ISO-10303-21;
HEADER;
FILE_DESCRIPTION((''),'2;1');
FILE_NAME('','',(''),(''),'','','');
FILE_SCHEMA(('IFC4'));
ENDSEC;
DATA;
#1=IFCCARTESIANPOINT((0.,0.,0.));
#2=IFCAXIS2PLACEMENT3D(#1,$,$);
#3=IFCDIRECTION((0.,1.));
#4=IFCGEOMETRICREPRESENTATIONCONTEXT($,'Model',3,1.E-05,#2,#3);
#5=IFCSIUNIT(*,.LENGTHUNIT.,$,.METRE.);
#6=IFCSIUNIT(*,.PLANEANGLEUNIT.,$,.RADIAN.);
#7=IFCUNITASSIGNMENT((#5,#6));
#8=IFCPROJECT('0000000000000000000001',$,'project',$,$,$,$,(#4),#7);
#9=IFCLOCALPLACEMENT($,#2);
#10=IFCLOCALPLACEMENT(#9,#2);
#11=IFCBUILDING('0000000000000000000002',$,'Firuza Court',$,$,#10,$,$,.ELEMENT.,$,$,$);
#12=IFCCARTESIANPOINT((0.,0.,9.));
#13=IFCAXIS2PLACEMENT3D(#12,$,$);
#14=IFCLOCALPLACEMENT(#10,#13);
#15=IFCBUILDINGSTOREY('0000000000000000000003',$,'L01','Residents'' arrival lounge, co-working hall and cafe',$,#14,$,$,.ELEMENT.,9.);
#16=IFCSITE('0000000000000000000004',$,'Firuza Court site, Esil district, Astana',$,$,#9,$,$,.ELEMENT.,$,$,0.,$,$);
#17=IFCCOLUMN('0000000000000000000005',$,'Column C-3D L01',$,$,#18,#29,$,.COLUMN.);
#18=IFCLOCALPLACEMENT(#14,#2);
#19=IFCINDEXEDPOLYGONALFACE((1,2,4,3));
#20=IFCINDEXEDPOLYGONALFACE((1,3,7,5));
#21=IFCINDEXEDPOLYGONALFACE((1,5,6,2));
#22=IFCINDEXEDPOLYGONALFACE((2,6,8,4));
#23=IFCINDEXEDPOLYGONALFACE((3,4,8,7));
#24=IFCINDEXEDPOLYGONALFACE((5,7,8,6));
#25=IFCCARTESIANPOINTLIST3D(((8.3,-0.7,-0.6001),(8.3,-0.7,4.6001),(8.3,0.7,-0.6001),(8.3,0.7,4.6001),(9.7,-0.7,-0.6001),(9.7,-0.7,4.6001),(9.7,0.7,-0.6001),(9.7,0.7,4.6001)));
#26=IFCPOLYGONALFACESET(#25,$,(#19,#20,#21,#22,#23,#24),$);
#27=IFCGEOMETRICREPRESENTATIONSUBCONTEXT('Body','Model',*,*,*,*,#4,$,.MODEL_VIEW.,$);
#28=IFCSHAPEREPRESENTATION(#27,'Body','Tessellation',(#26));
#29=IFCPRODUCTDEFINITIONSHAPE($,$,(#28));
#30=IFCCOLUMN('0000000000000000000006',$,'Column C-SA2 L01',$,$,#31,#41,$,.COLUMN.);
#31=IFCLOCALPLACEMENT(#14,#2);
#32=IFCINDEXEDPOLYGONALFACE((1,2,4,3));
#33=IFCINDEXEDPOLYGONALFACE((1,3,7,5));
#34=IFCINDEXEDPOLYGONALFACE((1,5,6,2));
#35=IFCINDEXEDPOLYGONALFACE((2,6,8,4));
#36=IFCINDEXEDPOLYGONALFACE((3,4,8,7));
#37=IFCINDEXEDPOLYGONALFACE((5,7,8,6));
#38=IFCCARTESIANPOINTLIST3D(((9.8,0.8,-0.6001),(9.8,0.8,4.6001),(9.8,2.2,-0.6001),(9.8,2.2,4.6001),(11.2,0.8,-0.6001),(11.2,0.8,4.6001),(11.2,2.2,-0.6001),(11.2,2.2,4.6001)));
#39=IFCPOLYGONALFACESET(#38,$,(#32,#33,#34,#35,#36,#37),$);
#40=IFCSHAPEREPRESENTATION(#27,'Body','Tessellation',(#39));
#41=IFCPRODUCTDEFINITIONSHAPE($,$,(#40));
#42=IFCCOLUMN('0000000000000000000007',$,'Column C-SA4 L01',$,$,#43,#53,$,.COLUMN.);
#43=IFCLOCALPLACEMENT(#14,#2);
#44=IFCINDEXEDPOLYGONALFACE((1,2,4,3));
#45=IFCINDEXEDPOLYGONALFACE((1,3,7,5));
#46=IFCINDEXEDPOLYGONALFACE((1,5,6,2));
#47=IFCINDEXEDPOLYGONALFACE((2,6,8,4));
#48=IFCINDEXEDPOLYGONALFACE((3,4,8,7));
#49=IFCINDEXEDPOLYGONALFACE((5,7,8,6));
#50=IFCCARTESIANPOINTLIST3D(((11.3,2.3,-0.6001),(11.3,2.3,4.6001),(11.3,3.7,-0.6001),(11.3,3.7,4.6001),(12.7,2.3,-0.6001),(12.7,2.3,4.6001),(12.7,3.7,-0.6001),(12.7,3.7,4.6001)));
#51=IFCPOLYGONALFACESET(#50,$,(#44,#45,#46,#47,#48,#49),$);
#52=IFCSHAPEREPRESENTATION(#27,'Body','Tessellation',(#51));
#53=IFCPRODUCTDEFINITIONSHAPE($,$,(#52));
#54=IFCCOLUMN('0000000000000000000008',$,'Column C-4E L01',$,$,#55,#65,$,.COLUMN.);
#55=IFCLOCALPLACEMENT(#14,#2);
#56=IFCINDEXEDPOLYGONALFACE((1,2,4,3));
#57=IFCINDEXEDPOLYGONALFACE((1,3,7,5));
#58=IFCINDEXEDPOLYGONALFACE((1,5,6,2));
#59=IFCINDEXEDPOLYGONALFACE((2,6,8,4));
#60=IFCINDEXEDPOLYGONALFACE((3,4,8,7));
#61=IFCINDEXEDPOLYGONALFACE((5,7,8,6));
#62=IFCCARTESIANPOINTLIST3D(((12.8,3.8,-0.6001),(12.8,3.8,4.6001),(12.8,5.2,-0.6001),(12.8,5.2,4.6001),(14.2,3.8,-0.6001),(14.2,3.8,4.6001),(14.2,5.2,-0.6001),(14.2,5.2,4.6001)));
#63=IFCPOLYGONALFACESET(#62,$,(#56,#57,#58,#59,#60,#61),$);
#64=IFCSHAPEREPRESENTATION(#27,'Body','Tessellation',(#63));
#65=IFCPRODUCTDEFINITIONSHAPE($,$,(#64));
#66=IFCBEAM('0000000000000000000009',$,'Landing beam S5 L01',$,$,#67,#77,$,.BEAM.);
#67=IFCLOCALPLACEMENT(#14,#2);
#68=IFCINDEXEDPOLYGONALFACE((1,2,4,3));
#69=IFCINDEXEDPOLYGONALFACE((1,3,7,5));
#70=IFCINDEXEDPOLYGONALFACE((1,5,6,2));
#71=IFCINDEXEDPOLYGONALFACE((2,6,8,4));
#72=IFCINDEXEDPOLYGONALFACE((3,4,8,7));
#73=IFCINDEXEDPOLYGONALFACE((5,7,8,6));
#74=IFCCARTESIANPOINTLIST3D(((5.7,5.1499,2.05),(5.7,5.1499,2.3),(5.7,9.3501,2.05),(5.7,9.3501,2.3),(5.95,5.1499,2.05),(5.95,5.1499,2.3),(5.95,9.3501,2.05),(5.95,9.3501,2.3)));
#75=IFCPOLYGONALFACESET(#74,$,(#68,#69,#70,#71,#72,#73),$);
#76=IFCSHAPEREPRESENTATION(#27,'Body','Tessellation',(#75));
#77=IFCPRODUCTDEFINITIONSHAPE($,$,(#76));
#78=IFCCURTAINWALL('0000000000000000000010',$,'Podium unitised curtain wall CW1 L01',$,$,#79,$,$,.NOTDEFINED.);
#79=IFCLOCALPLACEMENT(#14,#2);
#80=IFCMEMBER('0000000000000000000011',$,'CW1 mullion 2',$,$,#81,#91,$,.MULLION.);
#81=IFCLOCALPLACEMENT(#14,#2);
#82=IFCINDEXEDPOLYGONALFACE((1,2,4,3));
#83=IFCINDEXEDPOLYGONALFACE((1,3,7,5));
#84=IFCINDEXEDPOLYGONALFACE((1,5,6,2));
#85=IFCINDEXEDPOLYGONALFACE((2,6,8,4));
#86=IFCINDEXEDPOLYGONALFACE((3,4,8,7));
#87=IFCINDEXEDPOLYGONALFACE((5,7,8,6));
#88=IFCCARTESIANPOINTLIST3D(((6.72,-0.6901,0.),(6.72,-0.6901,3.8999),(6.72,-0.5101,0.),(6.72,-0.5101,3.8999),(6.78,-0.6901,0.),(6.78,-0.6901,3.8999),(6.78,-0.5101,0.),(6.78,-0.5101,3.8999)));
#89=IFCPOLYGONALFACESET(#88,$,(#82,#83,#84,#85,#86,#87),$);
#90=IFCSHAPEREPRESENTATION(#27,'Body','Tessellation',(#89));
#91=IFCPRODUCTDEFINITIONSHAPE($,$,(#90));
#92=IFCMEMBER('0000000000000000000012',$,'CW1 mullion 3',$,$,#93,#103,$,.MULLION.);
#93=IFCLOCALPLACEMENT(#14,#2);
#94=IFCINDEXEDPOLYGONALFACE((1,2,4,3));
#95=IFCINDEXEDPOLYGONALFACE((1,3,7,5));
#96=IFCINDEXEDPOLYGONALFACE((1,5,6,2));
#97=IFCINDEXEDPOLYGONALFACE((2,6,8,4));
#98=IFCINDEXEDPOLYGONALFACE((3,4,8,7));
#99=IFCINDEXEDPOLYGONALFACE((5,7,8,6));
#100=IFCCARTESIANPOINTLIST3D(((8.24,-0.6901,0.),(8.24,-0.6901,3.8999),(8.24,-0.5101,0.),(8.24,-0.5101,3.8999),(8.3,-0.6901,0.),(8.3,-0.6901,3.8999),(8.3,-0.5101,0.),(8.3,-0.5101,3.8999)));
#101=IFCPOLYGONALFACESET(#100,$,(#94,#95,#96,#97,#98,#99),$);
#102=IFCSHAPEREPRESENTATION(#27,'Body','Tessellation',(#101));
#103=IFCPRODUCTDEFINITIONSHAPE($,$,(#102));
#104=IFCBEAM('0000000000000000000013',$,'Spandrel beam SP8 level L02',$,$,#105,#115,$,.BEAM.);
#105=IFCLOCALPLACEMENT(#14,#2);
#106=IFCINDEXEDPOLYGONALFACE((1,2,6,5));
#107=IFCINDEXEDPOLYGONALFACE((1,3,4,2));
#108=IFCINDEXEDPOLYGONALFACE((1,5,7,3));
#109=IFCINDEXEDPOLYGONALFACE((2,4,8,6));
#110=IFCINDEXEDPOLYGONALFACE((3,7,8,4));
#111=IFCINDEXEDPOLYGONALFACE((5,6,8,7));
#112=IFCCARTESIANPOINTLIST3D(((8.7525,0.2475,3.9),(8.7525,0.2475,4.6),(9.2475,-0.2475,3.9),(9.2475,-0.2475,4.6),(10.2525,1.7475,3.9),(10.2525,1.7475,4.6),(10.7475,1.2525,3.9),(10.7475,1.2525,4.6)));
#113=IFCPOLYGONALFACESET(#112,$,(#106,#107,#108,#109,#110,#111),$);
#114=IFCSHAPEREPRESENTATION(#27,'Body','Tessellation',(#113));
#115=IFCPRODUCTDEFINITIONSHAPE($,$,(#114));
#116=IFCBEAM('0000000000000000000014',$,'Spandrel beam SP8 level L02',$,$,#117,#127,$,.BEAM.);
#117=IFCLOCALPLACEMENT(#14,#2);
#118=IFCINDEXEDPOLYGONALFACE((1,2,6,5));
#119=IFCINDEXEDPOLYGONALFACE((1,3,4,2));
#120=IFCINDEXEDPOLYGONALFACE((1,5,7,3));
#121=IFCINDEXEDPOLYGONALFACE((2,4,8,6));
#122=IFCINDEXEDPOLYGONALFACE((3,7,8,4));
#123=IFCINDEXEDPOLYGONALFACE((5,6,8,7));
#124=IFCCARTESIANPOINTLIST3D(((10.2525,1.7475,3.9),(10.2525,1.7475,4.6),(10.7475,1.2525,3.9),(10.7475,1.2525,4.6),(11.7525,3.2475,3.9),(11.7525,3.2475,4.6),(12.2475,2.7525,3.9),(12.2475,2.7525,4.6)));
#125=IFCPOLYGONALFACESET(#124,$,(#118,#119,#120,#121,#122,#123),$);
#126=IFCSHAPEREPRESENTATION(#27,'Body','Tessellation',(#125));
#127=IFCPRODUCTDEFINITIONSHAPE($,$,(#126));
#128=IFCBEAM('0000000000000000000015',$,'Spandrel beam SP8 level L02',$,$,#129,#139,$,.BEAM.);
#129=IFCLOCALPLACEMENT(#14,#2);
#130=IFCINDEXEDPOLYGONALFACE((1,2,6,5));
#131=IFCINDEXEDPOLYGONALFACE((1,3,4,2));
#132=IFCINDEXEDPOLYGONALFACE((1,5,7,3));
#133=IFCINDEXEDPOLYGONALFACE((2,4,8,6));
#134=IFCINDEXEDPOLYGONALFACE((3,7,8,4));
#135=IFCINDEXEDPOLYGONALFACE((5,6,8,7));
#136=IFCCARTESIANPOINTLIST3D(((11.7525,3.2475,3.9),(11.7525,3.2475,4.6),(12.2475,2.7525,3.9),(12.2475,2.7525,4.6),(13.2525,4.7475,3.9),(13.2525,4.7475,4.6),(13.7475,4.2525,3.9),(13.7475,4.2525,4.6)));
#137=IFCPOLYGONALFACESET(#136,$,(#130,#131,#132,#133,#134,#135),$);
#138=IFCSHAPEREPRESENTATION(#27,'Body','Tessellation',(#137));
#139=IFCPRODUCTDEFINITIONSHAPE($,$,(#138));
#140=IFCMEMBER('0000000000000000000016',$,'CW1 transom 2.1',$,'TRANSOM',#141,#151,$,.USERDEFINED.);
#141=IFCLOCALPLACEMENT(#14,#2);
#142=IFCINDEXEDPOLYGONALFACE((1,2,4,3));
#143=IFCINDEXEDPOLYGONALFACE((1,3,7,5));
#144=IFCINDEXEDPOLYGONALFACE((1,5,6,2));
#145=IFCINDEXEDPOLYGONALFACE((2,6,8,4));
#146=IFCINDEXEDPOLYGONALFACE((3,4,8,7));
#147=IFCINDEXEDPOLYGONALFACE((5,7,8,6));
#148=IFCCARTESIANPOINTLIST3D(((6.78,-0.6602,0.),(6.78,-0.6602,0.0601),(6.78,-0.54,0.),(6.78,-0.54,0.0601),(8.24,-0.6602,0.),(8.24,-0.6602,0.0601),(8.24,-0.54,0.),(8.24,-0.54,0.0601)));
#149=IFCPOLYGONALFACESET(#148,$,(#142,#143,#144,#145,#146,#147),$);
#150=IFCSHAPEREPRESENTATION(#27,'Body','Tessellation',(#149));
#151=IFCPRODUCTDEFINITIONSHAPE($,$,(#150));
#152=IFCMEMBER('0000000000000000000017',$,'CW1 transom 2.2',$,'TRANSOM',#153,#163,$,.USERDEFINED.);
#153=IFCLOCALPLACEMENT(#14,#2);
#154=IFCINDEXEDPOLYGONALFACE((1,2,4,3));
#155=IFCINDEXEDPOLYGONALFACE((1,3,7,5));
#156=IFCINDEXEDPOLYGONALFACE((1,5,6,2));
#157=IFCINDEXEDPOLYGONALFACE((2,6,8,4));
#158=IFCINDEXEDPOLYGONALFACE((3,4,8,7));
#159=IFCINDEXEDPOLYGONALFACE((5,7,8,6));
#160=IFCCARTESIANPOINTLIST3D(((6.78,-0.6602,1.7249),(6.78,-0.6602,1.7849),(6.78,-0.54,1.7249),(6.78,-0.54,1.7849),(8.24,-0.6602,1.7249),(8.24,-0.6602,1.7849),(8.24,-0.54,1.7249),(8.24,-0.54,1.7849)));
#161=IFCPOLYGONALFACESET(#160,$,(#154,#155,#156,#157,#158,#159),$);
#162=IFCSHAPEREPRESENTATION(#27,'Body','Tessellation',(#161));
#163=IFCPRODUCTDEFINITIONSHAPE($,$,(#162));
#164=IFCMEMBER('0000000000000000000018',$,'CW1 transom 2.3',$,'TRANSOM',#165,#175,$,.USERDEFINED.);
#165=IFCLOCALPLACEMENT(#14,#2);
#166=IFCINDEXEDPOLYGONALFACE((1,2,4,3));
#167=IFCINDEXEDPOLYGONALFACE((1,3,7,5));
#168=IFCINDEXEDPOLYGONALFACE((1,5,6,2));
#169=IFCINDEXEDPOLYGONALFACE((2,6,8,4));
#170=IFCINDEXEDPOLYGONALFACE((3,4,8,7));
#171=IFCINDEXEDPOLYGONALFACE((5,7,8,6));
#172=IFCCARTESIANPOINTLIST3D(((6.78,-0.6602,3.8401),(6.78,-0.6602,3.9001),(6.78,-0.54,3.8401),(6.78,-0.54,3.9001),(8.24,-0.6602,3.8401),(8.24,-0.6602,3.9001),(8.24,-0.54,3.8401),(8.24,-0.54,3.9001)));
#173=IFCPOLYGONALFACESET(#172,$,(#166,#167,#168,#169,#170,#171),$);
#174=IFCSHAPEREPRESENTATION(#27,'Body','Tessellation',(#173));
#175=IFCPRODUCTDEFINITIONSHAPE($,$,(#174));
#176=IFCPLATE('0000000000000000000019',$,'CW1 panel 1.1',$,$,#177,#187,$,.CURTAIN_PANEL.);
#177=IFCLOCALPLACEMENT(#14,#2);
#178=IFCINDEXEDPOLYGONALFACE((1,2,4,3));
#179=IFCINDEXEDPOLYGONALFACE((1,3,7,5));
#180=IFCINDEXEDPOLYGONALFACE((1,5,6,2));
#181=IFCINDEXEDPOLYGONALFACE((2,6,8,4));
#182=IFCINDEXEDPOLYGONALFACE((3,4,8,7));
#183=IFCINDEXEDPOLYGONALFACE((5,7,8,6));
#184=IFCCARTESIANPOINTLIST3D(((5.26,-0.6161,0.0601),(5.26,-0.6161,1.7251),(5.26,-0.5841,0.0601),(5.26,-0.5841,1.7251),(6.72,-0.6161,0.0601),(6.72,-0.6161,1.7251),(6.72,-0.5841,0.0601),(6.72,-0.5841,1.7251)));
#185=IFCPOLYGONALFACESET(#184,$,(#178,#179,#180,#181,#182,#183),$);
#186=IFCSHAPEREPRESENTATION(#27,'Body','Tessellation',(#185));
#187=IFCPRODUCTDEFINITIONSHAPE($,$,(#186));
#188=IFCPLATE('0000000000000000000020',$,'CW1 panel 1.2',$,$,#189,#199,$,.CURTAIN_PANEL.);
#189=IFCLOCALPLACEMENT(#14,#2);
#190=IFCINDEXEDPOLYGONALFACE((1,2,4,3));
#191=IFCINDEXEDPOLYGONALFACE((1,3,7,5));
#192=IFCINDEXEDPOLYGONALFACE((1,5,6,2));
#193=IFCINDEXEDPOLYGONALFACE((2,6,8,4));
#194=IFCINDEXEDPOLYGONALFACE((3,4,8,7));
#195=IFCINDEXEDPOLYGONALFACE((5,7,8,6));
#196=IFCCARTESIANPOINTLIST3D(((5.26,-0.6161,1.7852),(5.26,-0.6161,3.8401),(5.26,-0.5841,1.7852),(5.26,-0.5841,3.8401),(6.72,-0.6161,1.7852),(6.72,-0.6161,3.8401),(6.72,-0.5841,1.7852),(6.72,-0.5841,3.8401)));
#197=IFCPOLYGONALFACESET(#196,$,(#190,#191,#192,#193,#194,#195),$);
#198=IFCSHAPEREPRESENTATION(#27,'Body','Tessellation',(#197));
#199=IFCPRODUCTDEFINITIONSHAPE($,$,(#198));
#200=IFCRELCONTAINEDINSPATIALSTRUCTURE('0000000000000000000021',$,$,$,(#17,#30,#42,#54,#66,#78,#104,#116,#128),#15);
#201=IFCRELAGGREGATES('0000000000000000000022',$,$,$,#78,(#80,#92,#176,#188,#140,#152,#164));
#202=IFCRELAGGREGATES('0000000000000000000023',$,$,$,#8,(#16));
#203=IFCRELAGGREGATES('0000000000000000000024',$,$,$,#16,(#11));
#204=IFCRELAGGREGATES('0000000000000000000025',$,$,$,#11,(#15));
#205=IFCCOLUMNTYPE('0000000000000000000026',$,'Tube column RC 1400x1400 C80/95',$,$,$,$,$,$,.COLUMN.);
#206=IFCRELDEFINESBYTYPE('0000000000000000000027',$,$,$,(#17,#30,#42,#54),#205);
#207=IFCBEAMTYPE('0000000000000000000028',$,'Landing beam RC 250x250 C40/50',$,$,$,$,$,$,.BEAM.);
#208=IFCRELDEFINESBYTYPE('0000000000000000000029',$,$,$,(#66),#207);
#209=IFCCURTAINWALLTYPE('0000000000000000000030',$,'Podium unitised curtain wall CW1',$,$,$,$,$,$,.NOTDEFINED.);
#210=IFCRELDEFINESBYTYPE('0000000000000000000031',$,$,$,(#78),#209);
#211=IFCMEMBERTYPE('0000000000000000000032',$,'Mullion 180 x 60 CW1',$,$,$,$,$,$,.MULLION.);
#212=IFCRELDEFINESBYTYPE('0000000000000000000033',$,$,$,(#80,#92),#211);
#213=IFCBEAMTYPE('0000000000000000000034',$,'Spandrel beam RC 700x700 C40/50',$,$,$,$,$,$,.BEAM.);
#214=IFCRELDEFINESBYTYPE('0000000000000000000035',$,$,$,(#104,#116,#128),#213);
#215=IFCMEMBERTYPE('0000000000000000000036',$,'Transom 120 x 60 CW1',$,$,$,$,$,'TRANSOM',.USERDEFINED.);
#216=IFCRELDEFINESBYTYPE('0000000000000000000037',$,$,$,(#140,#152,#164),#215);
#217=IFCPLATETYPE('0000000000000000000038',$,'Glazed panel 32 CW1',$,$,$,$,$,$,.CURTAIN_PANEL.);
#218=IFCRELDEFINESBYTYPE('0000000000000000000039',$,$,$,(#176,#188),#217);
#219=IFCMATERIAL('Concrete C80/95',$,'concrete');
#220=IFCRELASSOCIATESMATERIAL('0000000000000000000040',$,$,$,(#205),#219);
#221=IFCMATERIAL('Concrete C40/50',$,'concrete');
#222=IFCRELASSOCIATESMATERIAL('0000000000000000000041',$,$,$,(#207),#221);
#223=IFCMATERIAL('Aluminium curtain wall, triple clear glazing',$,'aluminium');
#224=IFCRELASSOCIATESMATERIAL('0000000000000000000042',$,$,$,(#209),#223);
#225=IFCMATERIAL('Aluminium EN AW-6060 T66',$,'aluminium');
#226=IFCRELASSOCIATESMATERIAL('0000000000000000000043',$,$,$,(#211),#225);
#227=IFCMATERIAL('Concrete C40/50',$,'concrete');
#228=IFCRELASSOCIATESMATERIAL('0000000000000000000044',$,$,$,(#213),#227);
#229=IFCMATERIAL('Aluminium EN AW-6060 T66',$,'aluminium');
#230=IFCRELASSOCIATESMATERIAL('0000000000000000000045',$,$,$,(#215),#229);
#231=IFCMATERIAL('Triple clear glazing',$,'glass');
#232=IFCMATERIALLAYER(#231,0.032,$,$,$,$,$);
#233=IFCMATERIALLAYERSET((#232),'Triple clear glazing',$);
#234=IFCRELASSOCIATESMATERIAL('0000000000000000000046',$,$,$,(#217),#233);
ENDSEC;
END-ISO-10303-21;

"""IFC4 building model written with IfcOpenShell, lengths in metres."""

from ifc_helpers import new_model, si_unit, direction, frame, origin, origin_2d, place, context, subcontext, project, spatial, rectangle, extrude, material, layer, layer_set, material_profile, profile_set, type_object, element, aggregate, save


model = new_model("IFC4")

# Units and contexts
model_context = context("Model", 3, precision=1e-05, world=origin(), true_north=direction((0.0, 1.0)))
body_context = subcontext(model_context, "Body", "Model", "MODEL_VIEW")
ifc_project = project(units=[si_unit("LENGTHUNIT", "METRE"), si_unit("PLANEANGLEUNIT", "RADIAN")], contexts=[model_context])

# Site, building, storey
site_placement = place(None, origin())
site = spatial("IfcSite", under=ifc_project, at=site_placement, Name="Firuza Court site, Esil district, Astana", CompositionType="ELEMENT", RefElevation=0.0)
building_placement = place(site_placement, origin())
building = spatial("IfcBuilding", under=site, at=building_placement, Name="Firuza Court", CompositionType="ELEMENT")
storey_placement = place(building_placement, frame((0.0, 0.0, 9.0)))
storey = spatial("IfcBuildingStorey", under=building, at=storey_placement, Name="L01", Description="Residents' arrival lounge, co-working hall and cafe", CompositionType="ELEMENT", Elevation=9.0)

# Columns
ifc_material_1 = material(Name="Concrete C80/95", Category="concrete")
ifc_material_profile_1 = material_profile(ifc_material_1, rectangle(XDim=1.3999, YDim=1.3999, at=origin_2d()), Name="RC 1400x1400")
ifc_profile_set_1 = profile_set([ifc_material_profile_1], Name="Concrete C80/95")
column_type = type_object("IfcColumnType", Name="Tube column RC 1400x1400 C80/95", PredefinedType="COLUMN", material=ifc_profile_set_1)
for number, where, z_axis, x_axis, name in (
    (1, (9.0, 0.0, -0.6001), (0.0, 0.0, 1.0), (1.0, 0.0, 0.0), "Column C-3D L01"),
    (2, (10.5, 1.5, -0.6001), (0.0, 0.0, 1.0), (1.0, 0.0, 0.0), "Column C-SA2 L01"),
    (3, (12.0, 3.0, -0.6001), (0.0, 0.0, 1.0), (1.0, 0.0, 0.0), "Column C-SA4 L01"),
    (4, (13.5, 4.5, -0.6001), (0.0, 0.0, 1.0), (1.0, 0.0, 0.0), "Column C-4E L01"),
):
    element("IfcColumn", number, at=place(storey_placement, frame(where, z_axis=z_axis, x_axis=x_axis)), inside=storey, type_object=column_type, Name=name, PredefinedType="COLUMN", context=body_context, shape_type="SweptSolid", body=[
        extrude(rectangle(XDim=1.3999, YDim=1.3999, at=origin_2d()), origin(), (0.0, 0.0, 1.0), 5.2002),
    ])

# Beam
ifc_material_2 = material(Name="Concrete C40/50", Category="concrete")
ifc_material_profile_2 = material_profile(ifc_material_2, rectangle(XDim=0.25, YDim=0.25, at=origin_2d()), Name="RC 250x250")
ifc_profile_set_2 = profile_set([ifc_material_profile_2], Name="Concrete C40/50")
beam_type_1 = type_object("IfcBeamType", Name="Landing beam RC 250x250 C40/50", PredefinedType="BEAM", material=ifc_profile_set_2)
beam_placement = place(storey_placement, frame((5.825, 5.1499, 2.175), z_axis=(0.0, 1.0, 0.0), x_axis=(-1.0, 0.0, 0.0)))
element("IfcBeam", 5, at=beam_placement, inside=storey, type_object=beam_type_1, Name="Landing beam S5 L01", PredefinedType="BEAM", context=body_context, shape_type="SweptSolid", body=[
    extrude(rectangle(XDim=0.25, YDim=0.25, at=origin_2d()), origin(), (0.0, 0.0, 1.0), 4.2002),
])

# Curtain wall, members
ifc_material_3 = material(Name="Aluminium curtain wall, triple clear glazing", Category="aluminium")
curtain_wall_type = type_object("IfcCurtainWallType", Name="Podium unitised curtain wall CW1", PredefinedType="NOTDEFINED", material=ifc_material_3)
curtain_wall_placement = place(storey_placement, origin())
curtain_wall = element("IfcCurtainWall", 6, at=curtain_wall_placement, inside=storey, type_object=curtain_wall_type, Name="Podium unitised curtain wall CW1 L01", PredefinedType="NOTDEFINED")
ifc_material_4 = material(Name="Aluminium EN AW-6060 T66", Category="aluminium")
ifc_material_profile_3 = material_profile(ifc_material_4, rectangle(XDim=0.1799, YDim=0.0601, at=origin_2d()), Name="Mullion 180 x 60 CW1")
ifc_profile_set_3 = profile_set([ifc_material_profile_3], Name="Aluminium EN AW-6060 T66")
member_type_1 = type_object("IfcMemberType", Name="Mullion 180 x 60 CW1", PredefinedType="MULLION", material=ifc_profile_set_3)
member_1_placement = place(storey_placement, frame((6.75, -0.6001, 0.0), z_axis=(0.0, 0.0, 1.0), x_axis=(0.0, 1.0, 0.0)))
member_1 = element("IfcMember", 7, at=member_1_placement, type_object=member_type_1, Name="CW1 mullion 2", PredefinedType="MULLION", context=body_context, shape_type="SweptSolid", body=[
    extrude(rectangle(XDim=0.1799, YDim=0.0601, at=origin_2d()), origin(), (0.0, 0.0, 1.0), 3.8999),
])
member_2_placement = place(storey_placement, frame((8.27, -0.6001, 0.0), z_axis=(0.0, 0.0, 1.0), x_axis=(0.0, 1.0, 0.0)))
member_2 = element("IfcMember", 8, at=member_2_placement, type_object=member_type_1, Name="CW1 mullion 3", PredefinedType="MULLION", context=body_context, shape_type="SweptSolid", body=[
    extrude(rectangle(XDim=0.1799, YDim=0.0601, at=origin_2d()), origin(), (0.0, 0.0, 1.0), 3.8999),
])

# Beams
ifc_material_5 = material(Name="Concrete C40/50", Category="concrete")
ifc_material_profile_4 = material_profile(ifc_material_5, rectangle(XDim=0.7, YDim=0.7, at=origin_2d()), Name="RC 700x700")
ifc_profile_set_4 = profile_set([ifc_material_profile_4], Name="Concrete C40/50")
beam_type_2 = type_object("IfcBeamType", Name="Spandrel beam RC 700x700 C40/50", PredefinedType="BEAM", material=ifc_profile_set_4)
for number, where, z_axis, x_axis, name in (
    (9, (9.0, 0.0, 4.25), (0.707107, 0.707107, 0.0), (-0.707107, 0.707107, 0.0), "Spandrel beam SP8 level L02"),
    (10, (10.5, 1.5, 4.25), (0.707107, 0.707107, 0.0), (-0.707107, 0.707107, 0.0), "Spandrel beam SP8 level L02"),
    (11, (12.0, 3.0, 4.25), (0.707107, 0.707107, 0.0), (-0.707107, 0.707107, 0.0), "Spandrel beam SP8 level L02"),
):
    element("IfcBeam", number, at=place(storey_placement, frame(where, z_axis=z_axis, x_axis=x_axis)), inside=storey, type_object=beam_type_2, Name=name, PredefinedType="BEAM", context=body_context, shape_type="SweptSolid", body=[
        extrude(rectangle(XDim=0.7, YDim=0.7, at=origin_2d()), origin(), (0.0, 0.0, 1.0), 2.1213),
    ])

# Members
ifc_material_6 = material(Name="Aluminium EN AW-6060 T66", Category="aluminium")
ifc_material_profile_5 = material_profile(ifc_material_6, rectangle(XDim=0.1201, YDim=0.0601, at=origin_2d()), Name="Transom 120 x 60 CW1")
ifc_profile_set_5 = profile_set([ifc_material_profile_5], Name="Aluminium EN AW-6060 T66")
member_type_2 = type_object("IfcMemberType", Name="Transom 120 x 60 CW1", ElementType="TRANSOM", PredefinedType="USERDEFINED", material=ifc_profile_set_5)
member_3_placement = place(storey_placement, frame((6.78, -0.6001, 0.03), z_axis=(1.0, 0.0, 0.0), x_axis=(0.0, 1.0, 0.0)))
member_3 = element("IfcMember", 12, at=member_3_placement, type_object=member_type_2, Name="CW1 transom 2.1", ObjectType="TRANSOM", PredefinedType="USERDEFINED", context=body_context, shape_type="SweptSolid", body=[
    extrude(rectangle(XDim=0.1201, YDim=0.0601, at=origin_2d()), origin(), (0.0, 0.0, 1.0), 1.46),
])
member_4_placement = place(storey_placement, frame((6.78, -0.6001, 1.7549), z_axis=(1.0, 0.0, 0.0), x_axis=(0.0, 1.0, 0.0)))
member_4 = element("IfcMember", 13, at=member_4_placement, type_object=member_type_2, Name="CW1 transom 2.2", ObjectType="TRANSOM", PredefinedType="USERDEFINED", context=body_context, shape_type="SweptSolid", body=[
    extrude(rectangle(XDim=0.1201, YDim=0.0601, at=origin_2d()), origin(), (0.0, 0.0, 1.0), 1.46),
])
member_5_placement = place(storey_placement, frame((6.78, -0.6001, 3.8701), z_axis=(1.0, 0.0, 0.0), x_axis=(0.0, 1.0, 0.0)))
member_5 = element("IfcMember", 14, at=member_5_placement, type_object=member_type_2, Name="CW1 transom 2.3", ObjectType="TRANSOM", PredefinedType="USERDEFINED", context=body_context, shape_type="SweptSolid", body=[
    extrude(rectangle(XDim=0.1201, YDim=0.0601, at=origin_2d()), origin(), (0.0, 0.0, 1.0), 1.46),
])

# Plates
ifc_material_7 = material(Name="Triple clear glazing", Category="glass")
ifc_layer_1 = layer(ifc_material_7, 0.032)
ifc_layer_set_1 = layer_set([ifc_layer_1], Name="Triple clear glazing")
plate_type = type_object("IfcPlateType", Name="Glazed panel 32 CW1", PredefinedType="CURTAIN_PANEL", material=ifc_layer_set_1)
plate_1_placement = place(storey_placement, frame((5.99, -0.6001, 0.0601), z_axis=(0.0, 0.0, 1.0), x_axis=(1.0, 0.0, 0.0)))
plate_1 = element("IfcPlate", 15, at=plate_1_placement, type_object=plate_type, Name="CW1 panel 1.1", PredefinedType="CURTAIN_PANEL", context=body_context, shape_type="SweptSolid", body=[
    extrude(rectangle(XDim=1.46, YDim=0.032, at=origin_2d()), origin(), (0.0, 0.0, 1.0), 1.665),
])
plate_2_placement = place(storey_placement, frame((5.99, -0.6001, 1.7852), z_axis=(0.0, 0.0, 1.0), x_axis=(1.0, 0.0, 0.0)))
plate_2 = element("IfcPlate", 16, at=plate_2_placement, type_object=plate_type, Name="CW1 panel 1.2", PredefinedType="CURTAIN_PANEL", context=body_context, shape_type="SweptSolid", body=[
    extrude(rectangle(XDim=1.46, YDim=0.032, at=origin_2d()), origin(), (0.0, 0.0, 1.0), 2.0549),
])
aggregate(curtain_wall, [member_1, member_2, plate_1, plate_2, member_3, member_4, member_5])

save(model, "model.ifc")
